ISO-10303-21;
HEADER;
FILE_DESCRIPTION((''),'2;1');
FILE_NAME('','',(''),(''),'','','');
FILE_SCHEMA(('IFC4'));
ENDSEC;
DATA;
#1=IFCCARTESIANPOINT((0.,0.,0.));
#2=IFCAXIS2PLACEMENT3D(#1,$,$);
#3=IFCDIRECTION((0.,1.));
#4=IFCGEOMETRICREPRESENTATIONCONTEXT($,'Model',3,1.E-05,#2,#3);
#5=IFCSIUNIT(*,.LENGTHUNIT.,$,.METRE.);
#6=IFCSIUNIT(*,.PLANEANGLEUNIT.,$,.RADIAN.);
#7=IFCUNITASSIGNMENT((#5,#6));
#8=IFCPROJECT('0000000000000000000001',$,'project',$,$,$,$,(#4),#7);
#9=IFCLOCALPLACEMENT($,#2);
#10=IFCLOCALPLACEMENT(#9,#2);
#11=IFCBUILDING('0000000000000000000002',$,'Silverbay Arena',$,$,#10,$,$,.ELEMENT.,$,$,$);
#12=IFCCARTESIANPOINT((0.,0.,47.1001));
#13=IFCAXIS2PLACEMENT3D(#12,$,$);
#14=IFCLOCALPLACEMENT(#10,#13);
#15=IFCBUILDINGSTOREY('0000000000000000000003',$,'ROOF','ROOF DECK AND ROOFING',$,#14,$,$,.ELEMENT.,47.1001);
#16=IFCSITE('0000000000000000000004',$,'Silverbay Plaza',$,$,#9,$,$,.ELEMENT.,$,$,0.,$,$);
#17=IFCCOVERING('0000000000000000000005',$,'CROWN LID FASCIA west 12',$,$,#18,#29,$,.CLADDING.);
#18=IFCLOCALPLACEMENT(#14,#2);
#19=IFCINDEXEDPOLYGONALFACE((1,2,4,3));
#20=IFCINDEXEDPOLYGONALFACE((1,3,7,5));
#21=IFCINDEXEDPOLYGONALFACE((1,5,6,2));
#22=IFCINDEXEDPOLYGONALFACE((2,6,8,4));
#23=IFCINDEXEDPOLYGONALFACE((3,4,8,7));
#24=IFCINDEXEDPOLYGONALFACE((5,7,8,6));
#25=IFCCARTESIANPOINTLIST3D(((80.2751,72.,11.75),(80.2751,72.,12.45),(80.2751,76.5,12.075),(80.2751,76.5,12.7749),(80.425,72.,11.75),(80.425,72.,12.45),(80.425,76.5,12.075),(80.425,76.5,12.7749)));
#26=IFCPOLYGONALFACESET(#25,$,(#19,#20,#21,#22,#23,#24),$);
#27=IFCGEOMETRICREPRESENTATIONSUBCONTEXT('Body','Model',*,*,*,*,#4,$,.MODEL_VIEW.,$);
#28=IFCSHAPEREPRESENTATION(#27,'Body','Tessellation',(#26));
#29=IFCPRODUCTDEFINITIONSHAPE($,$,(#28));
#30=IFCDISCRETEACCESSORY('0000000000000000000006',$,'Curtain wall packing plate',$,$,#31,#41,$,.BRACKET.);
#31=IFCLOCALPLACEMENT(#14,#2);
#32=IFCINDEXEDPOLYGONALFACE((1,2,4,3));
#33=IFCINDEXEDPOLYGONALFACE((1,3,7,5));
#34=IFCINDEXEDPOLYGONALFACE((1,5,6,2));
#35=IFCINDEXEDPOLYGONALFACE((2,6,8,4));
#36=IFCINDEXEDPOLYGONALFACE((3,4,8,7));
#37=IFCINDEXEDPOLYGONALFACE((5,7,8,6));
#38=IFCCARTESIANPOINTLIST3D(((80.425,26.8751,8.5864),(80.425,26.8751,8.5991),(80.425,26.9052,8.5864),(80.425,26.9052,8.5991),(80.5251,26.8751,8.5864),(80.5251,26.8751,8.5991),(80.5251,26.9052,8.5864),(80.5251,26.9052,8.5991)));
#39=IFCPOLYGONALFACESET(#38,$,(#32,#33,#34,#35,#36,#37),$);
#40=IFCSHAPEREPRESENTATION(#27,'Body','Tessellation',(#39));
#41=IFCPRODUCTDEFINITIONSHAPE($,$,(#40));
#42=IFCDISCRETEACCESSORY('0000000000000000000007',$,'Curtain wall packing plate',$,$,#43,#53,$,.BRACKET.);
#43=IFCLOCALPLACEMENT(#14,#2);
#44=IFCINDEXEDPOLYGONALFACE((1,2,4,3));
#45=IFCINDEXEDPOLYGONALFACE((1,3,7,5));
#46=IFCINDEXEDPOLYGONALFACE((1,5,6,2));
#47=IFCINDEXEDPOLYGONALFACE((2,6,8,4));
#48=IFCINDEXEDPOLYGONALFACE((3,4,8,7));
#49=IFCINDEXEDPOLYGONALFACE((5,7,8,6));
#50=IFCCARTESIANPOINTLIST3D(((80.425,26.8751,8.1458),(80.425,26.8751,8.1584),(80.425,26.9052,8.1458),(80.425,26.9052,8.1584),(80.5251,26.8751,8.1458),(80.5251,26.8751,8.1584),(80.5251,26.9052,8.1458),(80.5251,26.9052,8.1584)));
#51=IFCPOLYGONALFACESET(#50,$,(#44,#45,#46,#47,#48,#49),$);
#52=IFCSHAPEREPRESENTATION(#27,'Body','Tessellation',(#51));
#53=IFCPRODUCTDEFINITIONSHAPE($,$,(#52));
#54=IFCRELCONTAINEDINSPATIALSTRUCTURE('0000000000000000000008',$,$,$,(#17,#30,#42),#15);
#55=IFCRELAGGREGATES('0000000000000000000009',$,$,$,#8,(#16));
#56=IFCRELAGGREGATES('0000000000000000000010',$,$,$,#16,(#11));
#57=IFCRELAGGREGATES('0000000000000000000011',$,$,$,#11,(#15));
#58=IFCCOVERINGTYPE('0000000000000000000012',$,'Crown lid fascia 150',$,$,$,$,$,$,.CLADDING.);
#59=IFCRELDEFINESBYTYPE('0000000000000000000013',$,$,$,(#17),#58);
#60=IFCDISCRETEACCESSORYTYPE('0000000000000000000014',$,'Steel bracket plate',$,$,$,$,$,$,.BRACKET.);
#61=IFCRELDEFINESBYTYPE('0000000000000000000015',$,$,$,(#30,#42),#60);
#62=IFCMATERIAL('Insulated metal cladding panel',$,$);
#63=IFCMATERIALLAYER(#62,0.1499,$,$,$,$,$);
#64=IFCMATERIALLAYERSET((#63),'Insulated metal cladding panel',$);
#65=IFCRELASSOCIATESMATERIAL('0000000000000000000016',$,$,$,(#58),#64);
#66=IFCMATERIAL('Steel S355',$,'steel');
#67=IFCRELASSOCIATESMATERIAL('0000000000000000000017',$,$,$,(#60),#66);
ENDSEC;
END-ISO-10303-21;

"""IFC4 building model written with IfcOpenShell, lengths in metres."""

from ifc_helpers import new_model, si_unit, direction, frame, origin, origin_2d, place, context, subcontext, project, spatial, polyline, rectangle, outline, extrude, material, layer, layer_set, type_object, element, save


model = new_model("IFC4")

# Units and contexts
model_context = context("Model", 3, precision=1e-05, world=origin(), true_north=direction((0.0, 1.0)))
body_context = subcontext(model_context, "Body", "Model", "MODEL_VIEW")
ifc_project = project(units=[si_unit("LENGTHUNIT", "METRE"), si_unit("PLANEANGLEUNIT", "RADIAN")], contexts=[model_context])

# Site, building, storey
site_placement = place(None, origin())
site = spatial("IfcSite", under=ifc_project, at=site_placement, Name="Silverbay Plaza", CompositionType="ELEMENT", RefElevation=0.0)
building_placement = place(site_placement, origin())
building = spatial("IfcBuilding", under=site, at=building_placement, Name="Silverbay Arena", CompositionType="ELEMENT")
storey_placement = place(building_placement, frame((0.0, 0.0, 47.1001)))
storey = spatial("IfcBuildingStorey", under=building, at=storey_placement, Name="ROOF", Description="ROOF DECK AND ROOFING", CompositionType="ELEMENT", Elevation=47.1001)

# Covering
ifc_material_1 = material(Name="Insulated metal cladding panel")
ifc_layer_1 = layer(ifc_material_1, 0.1499)
ifc_layer_set_1 = layer_set([ifc_layer_1], Name="Insulated metal cladding panel")
covering_type = type_object("IfcCoveringType", Name="Crown lid fascia 150", PredefinedType="CLADDING", material=ifc_layer_set_1)
covering_1_placement = place(storey_placement, frame((80.425, 72.0, 11.75), z_axis=(1.0, 0.0, 0.0), x_axis=(0.0, 0.997403, 0.072024)))
element("IfcCovering", 1, at=covering_1_placement, inside=storey, type_object=covering_type, Name="CROWN LID FASCIA west 12", PredefinedType="CLADDING", context=body_context, shape_type="SweptSolid", body=[
    extrude(outline(polyline([(0.0, 0.0), (4.5117, 0.0), (4.5621, 0.6981), (0.0504, 0.6981), (0.0, 0.0)])), origin(), (0.0, 0.0, -1.0), 0.1499),
])

# Discrete accessories
ifc_material_2 = material(Name="Steel S355", Category="steel")
discrete_accessory_type = type_object("IfcDiscreteAccessoryType", Name="Steel bracket plate", PredefinedType="BRACKET", material=ifc_material_2)
for number, where, z_axis, x_axis, name in (
    (2, (80.4751, 26.8901, 8.5864), (0.0, 0.0, 1.0), (1.0, 0.0, 0.0), "Curtain wall packing plate"),
    (3, (80.4751, 26.8901, 8.1458), (0.0, 0.0, 1.0), (1.0, 0.0, 0.0), "Curtain wall packing plate"),
):
    element("IfcDiscreteAccessory", number, at=place(storey_placement, frame(where, z_axis=z_axis, x_axis=x_axis)), inside=storey, type_object=discrete_accessory_type, Name=name, PredefinedType="BRACKET", context=body_context, shape_type="SweptSolid", body=[
        extrude(rectangle(XDim=0.1001, YDim=0.03, at=origin_2d()), origin(), (0.0, 0.0, 1.0), 0.0127),
    ])

save(model, "model.ifc")
